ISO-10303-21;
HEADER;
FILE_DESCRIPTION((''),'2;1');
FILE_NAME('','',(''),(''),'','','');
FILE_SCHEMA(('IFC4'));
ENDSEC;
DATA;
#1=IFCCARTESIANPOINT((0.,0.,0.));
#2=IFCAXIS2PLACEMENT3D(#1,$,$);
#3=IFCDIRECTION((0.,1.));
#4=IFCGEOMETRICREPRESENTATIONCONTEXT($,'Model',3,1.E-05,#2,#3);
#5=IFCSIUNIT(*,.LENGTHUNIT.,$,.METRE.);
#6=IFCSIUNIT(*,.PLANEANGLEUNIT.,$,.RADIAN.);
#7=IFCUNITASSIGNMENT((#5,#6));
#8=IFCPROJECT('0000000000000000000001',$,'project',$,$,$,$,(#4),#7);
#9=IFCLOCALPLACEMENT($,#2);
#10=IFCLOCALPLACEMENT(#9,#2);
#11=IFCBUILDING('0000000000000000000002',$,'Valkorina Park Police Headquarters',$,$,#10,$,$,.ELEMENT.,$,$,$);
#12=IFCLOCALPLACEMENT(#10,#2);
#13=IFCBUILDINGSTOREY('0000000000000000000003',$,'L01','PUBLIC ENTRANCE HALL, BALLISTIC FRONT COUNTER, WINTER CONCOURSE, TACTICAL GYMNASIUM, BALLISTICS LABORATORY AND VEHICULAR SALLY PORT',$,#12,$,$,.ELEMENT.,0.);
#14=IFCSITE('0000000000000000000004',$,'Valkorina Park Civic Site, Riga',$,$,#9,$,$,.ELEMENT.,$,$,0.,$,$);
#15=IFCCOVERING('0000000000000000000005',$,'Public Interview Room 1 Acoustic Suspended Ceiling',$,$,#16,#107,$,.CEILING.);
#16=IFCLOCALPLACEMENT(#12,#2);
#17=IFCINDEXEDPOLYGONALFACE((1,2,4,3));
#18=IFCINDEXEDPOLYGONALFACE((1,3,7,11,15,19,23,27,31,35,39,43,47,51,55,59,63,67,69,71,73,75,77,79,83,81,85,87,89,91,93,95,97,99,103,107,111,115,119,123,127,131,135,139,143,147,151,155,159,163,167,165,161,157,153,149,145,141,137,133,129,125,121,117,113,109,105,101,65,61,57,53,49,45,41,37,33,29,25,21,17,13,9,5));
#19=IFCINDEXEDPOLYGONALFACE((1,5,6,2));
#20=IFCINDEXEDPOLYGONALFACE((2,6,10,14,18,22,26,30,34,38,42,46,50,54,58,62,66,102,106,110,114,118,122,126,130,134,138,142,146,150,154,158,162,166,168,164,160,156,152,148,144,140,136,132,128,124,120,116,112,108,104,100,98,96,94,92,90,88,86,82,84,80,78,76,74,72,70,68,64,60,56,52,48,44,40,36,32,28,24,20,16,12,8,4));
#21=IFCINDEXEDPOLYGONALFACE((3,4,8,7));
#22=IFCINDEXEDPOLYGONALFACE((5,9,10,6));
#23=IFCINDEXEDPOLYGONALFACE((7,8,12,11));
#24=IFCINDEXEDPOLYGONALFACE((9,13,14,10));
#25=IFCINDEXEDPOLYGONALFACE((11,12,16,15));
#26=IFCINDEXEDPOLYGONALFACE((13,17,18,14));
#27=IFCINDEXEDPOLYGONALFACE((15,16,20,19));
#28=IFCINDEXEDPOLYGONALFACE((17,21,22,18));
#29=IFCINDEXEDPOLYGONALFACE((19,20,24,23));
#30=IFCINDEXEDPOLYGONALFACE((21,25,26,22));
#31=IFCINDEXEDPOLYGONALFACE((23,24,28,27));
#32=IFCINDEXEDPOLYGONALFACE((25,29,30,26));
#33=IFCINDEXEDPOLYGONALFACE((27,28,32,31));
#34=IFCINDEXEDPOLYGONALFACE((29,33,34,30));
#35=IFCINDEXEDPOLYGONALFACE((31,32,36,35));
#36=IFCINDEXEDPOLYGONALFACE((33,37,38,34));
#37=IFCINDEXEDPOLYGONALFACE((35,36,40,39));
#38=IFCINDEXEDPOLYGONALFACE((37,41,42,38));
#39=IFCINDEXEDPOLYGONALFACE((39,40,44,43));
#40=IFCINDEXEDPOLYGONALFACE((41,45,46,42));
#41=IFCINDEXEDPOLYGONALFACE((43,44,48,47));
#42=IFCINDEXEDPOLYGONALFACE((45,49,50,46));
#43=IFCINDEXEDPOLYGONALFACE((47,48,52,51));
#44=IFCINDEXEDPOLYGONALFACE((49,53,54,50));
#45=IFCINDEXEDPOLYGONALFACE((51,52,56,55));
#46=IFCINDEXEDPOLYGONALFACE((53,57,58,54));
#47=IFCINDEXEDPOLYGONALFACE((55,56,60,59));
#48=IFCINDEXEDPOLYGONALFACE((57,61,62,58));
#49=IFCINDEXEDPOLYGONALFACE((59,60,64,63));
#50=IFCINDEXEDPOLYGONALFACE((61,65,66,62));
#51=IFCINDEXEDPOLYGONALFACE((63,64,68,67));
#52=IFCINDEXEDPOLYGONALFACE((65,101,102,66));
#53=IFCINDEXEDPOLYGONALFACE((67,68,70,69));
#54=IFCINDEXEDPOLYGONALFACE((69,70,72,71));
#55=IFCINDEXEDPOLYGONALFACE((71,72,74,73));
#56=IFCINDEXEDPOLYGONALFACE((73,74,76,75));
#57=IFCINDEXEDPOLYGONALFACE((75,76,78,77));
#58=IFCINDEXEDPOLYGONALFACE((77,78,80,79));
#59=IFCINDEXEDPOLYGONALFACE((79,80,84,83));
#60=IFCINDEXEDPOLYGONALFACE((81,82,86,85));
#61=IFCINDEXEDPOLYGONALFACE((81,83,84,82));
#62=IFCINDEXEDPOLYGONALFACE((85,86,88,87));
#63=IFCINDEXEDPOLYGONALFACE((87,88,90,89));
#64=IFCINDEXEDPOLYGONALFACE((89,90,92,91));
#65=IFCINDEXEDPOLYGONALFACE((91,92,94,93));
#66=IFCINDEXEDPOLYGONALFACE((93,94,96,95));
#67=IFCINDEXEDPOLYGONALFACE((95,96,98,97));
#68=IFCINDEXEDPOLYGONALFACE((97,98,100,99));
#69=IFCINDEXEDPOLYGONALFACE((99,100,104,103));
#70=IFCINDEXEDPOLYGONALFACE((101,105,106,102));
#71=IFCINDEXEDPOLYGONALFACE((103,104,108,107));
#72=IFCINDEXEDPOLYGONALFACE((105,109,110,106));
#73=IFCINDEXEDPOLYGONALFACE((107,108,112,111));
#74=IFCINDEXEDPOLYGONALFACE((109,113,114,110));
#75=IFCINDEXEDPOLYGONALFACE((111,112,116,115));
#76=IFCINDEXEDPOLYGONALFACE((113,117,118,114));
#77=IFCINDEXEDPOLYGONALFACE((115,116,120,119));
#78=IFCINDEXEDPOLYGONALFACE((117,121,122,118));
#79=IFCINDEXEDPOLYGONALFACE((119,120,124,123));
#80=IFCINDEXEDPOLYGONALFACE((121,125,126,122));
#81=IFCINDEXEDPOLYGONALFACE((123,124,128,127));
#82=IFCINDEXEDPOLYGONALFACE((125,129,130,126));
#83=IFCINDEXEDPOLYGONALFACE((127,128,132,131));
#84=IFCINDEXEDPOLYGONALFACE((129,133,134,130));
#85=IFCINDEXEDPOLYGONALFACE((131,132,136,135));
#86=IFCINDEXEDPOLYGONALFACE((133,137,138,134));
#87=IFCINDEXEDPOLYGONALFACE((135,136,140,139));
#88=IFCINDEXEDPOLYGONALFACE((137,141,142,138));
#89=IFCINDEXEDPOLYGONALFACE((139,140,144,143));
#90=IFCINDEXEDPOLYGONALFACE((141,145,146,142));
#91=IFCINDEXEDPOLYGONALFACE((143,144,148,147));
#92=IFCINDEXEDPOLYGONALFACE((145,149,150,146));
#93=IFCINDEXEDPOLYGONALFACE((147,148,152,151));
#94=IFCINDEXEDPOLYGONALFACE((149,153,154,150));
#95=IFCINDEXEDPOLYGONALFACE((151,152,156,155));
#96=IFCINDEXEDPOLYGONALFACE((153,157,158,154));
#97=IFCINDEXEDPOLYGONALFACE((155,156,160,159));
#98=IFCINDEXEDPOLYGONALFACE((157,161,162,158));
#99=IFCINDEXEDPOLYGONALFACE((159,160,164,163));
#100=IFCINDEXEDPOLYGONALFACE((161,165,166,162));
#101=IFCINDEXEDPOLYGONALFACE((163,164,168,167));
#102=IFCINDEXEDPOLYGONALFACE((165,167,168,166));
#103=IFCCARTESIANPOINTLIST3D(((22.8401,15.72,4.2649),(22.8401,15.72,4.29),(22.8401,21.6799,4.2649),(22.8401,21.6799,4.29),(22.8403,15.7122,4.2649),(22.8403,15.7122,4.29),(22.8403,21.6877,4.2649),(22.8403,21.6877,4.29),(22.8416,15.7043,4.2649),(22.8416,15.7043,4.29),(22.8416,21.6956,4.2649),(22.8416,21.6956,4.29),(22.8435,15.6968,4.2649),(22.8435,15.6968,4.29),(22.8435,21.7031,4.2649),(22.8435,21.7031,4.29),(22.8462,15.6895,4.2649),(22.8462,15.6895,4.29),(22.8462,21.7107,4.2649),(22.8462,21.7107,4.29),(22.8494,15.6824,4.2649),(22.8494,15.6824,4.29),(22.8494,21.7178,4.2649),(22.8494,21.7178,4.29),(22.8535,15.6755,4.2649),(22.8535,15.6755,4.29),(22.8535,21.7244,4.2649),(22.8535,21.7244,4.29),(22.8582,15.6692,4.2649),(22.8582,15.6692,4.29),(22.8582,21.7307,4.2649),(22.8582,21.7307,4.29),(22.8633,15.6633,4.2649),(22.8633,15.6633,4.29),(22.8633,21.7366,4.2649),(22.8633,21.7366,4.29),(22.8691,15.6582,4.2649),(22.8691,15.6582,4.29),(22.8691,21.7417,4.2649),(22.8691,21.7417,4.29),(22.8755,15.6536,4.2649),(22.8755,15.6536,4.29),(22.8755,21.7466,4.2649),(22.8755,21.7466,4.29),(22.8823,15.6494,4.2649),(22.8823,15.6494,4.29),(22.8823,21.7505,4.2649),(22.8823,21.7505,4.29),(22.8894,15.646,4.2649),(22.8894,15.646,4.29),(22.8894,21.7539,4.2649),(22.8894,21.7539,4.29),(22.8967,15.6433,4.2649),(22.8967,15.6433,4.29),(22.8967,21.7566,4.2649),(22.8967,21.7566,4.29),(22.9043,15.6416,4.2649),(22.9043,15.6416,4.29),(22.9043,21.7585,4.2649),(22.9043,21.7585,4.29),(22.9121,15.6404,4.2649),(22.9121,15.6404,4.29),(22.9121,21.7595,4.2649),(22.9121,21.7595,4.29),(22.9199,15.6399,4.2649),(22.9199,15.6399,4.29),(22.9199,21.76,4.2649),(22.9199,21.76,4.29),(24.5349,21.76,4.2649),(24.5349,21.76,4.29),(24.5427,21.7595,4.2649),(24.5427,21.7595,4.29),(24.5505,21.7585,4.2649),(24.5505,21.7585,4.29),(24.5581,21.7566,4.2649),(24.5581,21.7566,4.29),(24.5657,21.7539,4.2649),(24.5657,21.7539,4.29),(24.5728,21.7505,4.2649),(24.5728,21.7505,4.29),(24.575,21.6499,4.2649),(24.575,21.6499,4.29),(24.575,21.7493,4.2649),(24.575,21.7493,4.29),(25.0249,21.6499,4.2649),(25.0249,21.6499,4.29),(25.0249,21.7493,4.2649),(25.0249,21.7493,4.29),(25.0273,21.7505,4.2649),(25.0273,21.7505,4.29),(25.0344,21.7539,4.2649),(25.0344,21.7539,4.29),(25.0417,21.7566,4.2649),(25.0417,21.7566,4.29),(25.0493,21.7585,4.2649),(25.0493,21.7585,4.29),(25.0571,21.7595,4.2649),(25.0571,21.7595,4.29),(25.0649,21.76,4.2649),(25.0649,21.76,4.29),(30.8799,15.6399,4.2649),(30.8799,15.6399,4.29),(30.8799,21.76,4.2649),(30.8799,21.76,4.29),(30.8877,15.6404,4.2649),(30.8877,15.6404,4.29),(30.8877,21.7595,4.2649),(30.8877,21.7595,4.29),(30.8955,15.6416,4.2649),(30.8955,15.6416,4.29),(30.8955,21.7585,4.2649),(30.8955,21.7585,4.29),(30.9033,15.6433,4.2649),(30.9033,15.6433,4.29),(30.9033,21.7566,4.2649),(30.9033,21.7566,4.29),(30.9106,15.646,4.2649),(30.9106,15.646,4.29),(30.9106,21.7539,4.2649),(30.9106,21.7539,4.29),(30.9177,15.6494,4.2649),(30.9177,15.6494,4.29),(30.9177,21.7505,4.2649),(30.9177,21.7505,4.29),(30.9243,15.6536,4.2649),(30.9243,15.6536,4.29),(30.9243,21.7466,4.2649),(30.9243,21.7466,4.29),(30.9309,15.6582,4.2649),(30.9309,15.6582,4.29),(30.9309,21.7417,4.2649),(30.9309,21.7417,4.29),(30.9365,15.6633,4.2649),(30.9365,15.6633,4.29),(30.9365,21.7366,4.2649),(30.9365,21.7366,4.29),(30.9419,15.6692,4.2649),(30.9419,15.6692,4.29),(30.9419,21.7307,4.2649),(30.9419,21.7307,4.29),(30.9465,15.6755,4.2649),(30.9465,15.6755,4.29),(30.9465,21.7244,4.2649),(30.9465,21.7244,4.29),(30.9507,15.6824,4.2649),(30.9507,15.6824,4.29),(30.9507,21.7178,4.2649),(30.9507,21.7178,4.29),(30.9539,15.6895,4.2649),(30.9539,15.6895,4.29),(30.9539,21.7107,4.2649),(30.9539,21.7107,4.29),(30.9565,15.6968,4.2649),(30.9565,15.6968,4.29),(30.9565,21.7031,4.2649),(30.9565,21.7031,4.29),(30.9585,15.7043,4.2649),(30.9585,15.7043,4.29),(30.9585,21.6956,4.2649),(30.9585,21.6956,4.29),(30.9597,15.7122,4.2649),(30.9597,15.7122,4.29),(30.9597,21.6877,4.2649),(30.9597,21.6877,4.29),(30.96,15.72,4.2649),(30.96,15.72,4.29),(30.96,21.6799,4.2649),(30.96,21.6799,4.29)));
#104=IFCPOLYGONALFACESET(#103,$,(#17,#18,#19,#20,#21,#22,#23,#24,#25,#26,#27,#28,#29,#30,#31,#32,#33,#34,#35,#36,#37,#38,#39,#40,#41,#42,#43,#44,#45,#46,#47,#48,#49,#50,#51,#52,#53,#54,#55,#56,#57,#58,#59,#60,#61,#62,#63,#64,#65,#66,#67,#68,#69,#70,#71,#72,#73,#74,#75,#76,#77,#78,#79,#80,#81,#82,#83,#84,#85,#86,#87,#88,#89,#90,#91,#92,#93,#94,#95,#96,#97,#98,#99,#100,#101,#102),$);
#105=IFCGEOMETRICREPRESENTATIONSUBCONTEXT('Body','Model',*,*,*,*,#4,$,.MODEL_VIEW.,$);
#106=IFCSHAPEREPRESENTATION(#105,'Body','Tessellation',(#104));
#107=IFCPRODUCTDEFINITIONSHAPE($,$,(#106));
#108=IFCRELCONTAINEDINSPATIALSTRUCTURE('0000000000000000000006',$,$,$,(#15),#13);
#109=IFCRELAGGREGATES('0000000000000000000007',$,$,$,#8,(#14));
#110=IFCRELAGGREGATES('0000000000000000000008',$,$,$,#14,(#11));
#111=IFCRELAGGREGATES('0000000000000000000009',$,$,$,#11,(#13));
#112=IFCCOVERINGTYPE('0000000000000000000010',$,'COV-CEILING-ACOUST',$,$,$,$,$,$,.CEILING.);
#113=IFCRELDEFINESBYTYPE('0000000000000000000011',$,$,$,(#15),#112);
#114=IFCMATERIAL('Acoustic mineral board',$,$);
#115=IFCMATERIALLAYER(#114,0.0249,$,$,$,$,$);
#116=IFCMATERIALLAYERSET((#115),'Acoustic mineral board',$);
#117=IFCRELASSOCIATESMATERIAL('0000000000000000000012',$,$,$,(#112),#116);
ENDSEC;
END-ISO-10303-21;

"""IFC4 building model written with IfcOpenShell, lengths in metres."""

from ifc_helpers import new_model, si_unit, direction, frame, origin, place, context, subcontext, project, spatial, polyline, outline, extrude, material, layer, layer_set, type_object, element, save


model = new_model("IFC4")

# Units and contexts
model_context = context("Model", 3, precision=1e-05, world=origin(), true_north=direction((0.0, 1.0)))
body_context = subcontext(model_context, "Body", "Model", "MODEL_VIEW")
ifc_project = project(units=[si_unit("LENGTHUNIT", "METRE"), si_unit("PLANEANGLEUNIT", "RADIAN")], contexts=[model_context])

# Site, building, storey
site_placement = place(None, origin())
site = spatial("IfcSite", under=ifc_project, at=site_placement, Name="Valkorina Park Civic Site, Riga", CompositionType="ELEMENT", RefElevation=0.0)
building_placement = place(site_placement, origin())
building = spatial("IfcBuilding", under=site, at=building_placement, Name="Valkorina Park Police Headquarters", CompositionType="ELEMENT")
storey_placement = place(building_placement, origin())
storey = spatial("IfcBuildingStorey", under=building, at=storey_placement, Name="L01", Description="PUBLIC ENTRANCE HALL, BALLISTIC FRONT COUNTER, WINTER CONCOURSE, TACTICAL GYMNASIUM, BALLISTICS LABORATORY AND VEHICULAR SALLY PORT", CompositionType="ELEMENT", Elevation=0.0)

# Covering
ifc_material_1 = material(Name="Acoustic mineral board")
ifc_layer_1 = layer(ifc_material_1, 0.0249)
ifc_layer_set_1 = layer_set([ifc_layer_1], Name="Acoustic mineral board")
covering_type_1 = type_object("IfcCoveringType", Name="COV-CEILING-ACOUST", PredefinedType="CEILING", material=ifc_layer_set_1)
covering_1_placement = place(storey_placement, frame((0.0, 0.0, 4.2649)))
element("IfcCovering", 1, at=covering_1_placement, inside=storey, type_object=covering_type_1, Name="Public Interview Room 1 Acoustic Suspended Ceiling", PredefinedType="CEILING", context=body_context, shape_type="SweptSolid", body=[
    extrude(outline(polyline([(25.0249, 21.7493), (25.0249, 21.6499), (24.575, 21.6499), (24.575, 21.7493), (24.5728, 21.7505), (24.5657, 21.7539), (24.5581, 21.7566), (24.5505, 21.7585), (24.5427, 21.7595), (24.5349, 21.76), (22.9199, 21.76), (22.9121, 21.7595), (22.9043, 21.7585), (22.8967, 21.7566), (22.8894, 21.7539), (22.8823, 21.7505), (22.8755, 21.7466), (22.8691, 21.7417), (22.8633, 21.7366), (22.8582, 21.7307), (22.8535, 21.7244), (22.8494, 21.7178), (22.8462, 21.7107), (22.8435, 21.7031), (22.8416, 21.6956), (22.8403, 21.6877), (22.8401, 21.6799), (22.8401, 15.72), (22.8403, 15.7122), (22.8416, 15.7043), (22.8435, 15.6968), (22.8462, 15.6895), (22.8494, 15.6824), (22.8535, 15.6755), (22.8582, 15.6692), (22.8633, 15.6633), (22.8691, 15.6582), (22.8755, 15.6536), (22.8823, 15.6494), (22.8894, 15.646), (22.8967, 15.6433), (22.9043, 15.6416), (22.9121, 15.6404), (22.9199, 15.6399), (30.8799, 15.6399), (30.8877, 15.6404), (30.8955, 15.6416), (30.9033, 15.6433), (30.9106, 15.646), (30.9177, 15.6494), (30.9243, 15.6536), (30.9309, 15.6582), (30.9365, 15.6633), (30.9419, 15.6692), (30.9465, 15.6755), (30.9507, 15.6824), (30.9539, 15.6895), (30.9565, 15.6968), (30.9585, 15.7043), (30.9597, 15.7122), (30.96, 15.72), (30.96, 21.6799), (30.9597, 21.6877), (30.9585, 21.6956), (30.9565, 21.7031), (30.9539, 21.7107), (30.9507, 21.7178), (30.9465, 21.7244), (30.9419, 21.7307), (30.9365, 21.7366), (30.9309, 21.7417), (30.9243, 21.7466), (30.9177, 21.7505), (30.9106, 21.7539), (30.9033, 21.7566), (30.8955, 21.7585), (30.8877, 21.7595), (30.8799, 21.76), (25.0649, 21.76), (25.0571, 21.7595), (25.0493, 21.7585), (25.0417, 21.7566), (25.0344, 21.7539), (25.0273, 21.7505), (25.0249, 21.7493)])), origin(), (0.0, 0.0, 1.0), 0.0251),
])

save(model, "model.ifc")
